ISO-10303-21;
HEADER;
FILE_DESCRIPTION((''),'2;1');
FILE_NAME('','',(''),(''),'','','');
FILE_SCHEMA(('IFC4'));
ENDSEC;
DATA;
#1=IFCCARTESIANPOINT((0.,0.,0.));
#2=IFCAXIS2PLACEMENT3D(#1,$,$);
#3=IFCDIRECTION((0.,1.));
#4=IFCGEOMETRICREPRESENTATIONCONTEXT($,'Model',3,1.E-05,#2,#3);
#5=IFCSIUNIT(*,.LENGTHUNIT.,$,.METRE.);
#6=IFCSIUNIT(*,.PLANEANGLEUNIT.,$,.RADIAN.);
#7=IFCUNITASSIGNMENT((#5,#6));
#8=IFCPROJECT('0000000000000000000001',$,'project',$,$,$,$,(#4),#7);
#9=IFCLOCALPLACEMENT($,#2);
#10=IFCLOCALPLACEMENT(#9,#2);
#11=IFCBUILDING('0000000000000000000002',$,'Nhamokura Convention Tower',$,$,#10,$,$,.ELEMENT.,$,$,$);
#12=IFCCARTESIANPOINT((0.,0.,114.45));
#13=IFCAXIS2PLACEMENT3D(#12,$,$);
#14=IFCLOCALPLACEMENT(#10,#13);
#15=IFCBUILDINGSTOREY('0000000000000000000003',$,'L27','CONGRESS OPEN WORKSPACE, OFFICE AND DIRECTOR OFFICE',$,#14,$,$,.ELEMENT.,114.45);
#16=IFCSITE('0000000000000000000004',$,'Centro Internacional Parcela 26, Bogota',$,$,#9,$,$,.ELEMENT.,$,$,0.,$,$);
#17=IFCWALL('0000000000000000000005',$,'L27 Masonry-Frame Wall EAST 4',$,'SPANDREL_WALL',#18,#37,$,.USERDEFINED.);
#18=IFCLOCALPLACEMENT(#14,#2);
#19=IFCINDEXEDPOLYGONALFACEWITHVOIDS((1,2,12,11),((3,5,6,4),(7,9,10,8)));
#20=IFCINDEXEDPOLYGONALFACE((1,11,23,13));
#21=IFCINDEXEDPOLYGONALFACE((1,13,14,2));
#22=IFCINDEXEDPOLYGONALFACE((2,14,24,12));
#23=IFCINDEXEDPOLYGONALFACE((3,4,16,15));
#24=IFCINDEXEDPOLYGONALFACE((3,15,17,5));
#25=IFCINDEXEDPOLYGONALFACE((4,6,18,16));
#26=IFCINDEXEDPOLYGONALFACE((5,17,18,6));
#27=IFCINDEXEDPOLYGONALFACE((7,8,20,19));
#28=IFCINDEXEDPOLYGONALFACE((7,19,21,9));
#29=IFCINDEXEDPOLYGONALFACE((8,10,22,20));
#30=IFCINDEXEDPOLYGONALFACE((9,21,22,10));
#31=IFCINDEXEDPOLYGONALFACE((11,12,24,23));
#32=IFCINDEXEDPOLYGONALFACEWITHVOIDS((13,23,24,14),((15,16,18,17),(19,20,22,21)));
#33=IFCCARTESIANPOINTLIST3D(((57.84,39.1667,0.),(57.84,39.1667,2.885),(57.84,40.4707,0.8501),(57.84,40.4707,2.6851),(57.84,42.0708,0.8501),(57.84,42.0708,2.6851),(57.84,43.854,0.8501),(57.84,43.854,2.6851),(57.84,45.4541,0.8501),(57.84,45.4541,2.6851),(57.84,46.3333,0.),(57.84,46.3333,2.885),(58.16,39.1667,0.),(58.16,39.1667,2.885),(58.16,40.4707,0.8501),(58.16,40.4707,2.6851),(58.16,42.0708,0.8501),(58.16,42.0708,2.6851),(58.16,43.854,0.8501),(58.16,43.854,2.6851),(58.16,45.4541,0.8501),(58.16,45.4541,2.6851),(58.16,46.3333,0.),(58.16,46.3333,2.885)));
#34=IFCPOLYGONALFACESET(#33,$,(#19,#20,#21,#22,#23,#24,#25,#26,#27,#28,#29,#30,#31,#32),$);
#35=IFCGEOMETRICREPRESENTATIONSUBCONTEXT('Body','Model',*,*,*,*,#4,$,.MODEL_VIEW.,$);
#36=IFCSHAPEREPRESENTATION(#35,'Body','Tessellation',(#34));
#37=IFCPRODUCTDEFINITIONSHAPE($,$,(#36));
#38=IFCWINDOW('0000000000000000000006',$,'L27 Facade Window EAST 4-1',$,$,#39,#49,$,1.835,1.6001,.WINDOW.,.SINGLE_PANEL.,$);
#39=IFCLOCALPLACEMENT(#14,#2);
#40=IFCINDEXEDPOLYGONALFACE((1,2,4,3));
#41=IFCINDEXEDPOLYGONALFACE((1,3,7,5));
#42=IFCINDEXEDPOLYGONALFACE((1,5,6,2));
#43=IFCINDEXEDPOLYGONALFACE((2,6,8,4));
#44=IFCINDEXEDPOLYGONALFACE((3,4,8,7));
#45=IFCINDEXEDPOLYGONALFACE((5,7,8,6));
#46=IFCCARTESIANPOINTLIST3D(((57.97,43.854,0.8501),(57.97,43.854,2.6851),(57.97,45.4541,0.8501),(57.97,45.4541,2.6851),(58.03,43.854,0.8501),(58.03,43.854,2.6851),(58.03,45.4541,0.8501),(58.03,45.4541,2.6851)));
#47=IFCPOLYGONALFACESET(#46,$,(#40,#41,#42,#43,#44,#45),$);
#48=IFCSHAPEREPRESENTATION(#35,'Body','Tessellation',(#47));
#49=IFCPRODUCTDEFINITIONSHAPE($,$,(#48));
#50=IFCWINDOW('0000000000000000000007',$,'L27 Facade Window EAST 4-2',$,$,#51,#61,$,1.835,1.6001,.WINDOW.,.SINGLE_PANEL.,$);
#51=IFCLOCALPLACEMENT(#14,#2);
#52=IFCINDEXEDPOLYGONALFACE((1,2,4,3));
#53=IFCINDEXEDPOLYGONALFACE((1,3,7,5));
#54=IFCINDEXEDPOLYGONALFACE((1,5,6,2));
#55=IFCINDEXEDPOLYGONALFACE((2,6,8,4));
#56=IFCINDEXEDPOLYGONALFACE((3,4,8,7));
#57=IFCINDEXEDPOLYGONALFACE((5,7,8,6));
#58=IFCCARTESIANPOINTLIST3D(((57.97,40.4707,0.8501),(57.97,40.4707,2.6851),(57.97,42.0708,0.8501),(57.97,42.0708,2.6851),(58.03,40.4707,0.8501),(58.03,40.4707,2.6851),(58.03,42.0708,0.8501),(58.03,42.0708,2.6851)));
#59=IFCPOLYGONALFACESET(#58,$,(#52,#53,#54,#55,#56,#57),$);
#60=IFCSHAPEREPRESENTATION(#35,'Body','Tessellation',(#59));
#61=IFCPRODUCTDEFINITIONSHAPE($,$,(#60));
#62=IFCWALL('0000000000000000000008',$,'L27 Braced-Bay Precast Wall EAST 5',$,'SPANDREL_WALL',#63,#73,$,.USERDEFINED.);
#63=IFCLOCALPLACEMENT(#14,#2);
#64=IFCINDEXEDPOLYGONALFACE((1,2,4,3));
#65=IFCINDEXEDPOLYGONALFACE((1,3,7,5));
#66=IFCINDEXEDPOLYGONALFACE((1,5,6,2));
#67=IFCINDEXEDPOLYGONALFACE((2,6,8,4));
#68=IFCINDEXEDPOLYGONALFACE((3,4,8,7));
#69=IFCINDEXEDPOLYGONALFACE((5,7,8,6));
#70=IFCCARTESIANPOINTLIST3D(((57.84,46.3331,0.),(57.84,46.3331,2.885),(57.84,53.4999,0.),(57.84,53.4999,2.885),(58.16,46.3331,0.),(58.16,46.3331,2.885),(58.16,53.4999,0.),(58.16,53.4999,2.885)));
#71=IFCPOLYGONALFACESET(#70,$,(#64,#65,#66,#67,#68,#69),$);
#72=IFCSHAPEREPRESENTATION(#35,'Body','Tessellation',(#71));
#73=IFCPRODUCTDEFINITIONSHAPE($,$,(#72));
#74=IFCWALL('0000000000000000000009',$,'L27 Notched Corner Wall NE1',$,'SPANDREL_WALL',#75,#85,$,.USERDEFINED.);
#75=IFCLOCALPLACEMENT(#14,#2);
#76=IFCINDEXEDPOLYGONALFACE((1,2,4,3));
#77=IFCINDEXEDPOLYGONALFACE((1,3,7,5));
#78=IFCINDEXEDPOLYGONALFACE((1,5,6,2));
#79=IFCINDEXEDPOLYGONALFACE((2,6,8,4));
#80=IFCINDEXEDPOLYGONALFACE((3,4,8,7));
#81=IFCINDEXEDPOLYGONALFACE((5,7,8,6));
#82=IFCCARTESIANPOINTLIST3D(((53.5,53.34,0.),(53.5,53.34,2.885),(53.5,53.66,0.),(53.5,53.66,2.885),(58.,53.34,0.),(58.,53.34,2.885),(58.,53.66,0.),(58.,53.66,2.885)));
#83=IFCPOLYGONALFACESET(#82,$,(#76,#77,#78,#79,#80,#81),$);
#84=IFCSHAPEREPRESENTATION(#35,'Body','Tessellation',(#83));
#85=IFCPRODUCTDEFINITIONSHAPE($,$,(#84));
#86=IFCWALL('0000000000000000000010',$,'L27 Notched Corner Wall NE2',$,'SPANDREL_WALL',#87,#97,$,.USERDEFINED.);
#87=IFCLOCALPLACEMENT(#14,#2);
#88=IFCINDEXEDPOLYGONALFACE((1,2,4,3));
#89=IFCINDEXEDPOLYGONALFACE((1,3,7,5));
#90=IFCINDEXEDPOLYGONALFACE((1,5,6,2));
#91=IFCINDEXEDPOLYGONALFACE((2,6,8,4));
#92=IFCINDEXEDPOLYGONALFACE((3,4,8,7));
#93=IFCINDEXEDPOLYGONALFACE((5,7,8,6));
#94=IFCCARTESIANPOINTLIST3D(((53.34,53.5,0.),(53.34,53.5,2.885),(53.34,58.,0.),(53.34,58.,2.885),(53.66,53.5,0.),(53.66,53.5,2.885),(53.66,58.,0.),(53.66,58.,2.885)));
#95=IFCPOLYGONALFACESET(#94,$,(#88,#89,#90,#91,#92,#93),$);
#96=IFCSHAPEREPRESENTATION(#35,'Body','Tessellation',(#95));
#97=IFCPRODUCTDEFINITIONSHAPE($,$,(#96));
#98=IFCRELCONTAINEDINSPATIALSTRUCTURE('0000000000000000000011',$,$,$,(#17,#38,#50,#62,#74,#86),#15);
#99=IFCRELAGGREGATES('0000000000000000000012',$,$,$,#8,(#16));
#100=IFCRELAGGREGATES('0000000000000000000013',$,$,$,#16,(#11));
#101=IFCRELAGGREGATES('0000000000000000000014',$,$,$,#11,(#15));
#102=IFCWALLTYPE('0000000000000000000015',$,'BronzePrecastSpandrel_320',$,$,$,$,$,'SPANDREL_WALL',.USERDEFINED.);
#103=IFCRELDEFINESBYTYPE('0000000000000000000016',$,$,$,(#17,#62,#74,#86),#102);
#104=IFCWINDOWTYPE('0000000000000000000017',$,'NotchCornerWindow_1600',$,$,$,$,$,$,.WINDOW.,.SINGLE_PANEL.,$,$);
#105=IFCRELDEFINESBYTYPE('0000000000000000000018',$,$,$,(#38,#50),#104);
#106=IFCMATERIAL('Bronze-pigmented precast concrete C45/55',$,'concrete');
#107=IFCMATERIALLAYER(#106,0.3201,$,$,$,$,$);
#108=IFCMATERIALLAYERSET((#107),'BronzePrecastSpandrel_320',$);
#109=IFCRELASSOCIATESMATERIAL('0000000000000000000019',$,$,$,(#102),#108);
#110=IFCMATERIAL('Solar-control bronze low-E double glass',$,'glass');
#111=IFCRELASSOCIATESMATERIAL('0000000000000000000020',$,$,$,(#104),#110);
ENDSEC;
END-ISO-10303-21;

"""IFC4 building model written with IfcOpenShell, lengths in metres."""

from ifc_helpers import new_model, si_unit, direction, frame, frame_2d, origin, place, context, subcontext, project, spatial, rectangle, extrude, material, layer, layer_set, type_object, element, fill, save


model = new_model("IFC4")

# Units and contexts
model_context = context("Model", 3, precision=1e-05, world=origin(), true_north=direction((0.0, 1.0)))
body_context = subcontext(model_context, "Body", "Model", "MODEL_VIEW")
ifc_project = project(units=[si_unit("LENGTHUNIT", "METRE"), si_unit("PLANEANGLEUNIT", "RADIAN")], contexts=[model_context])

# Site, building, storey
site_placement = place(None, origin())
site = spatial("IfcSite", under=ifc_project, at=site_placement, Name="Centro Internacional Parcela 26, Bogota", CompositionType="ELEMENT", RefElevation=0.0)
building_placement = place(site_placement, origin())
building = spatial("IfcBuilding", under=site, at=building_placement, Name="Nhamokura Convention Tower", CompositionType="ELEMENT")
storey_placement = place(building_placement, frame((0.0, 0.0, 114.45)))
storey = spatial("IfcBuildingStorey", under=building, at=storey_placement, Name="L27", Description="CONGRESS OPEN WORKSPACE, OFFICE AND DIRECTOR OFFICE", CompositionType="ELEMENT", Elevation=114.45)

# Shared definitions
ifc_material_1 = material(Name="Bronze-pigmented precast concrete C45/55", Category="concrete")
ifc_layer = layer(ifc_material_1, 0.3201)
ifc_layer_set = layer_set([ifc_layer], Name="BronzePrecastSpandrel_320")
wall_type = type_object("IfcWallType", Name="BronzePrecastSpandrel_320", ElementType="SPANDREL_WALL", PredefinedType="USERDEFINED", material=ifc_layer_set)

# Wall, openings, windows
wall_1_placement = place(storey_placement, frame((58.0, 46.3333, 0.0), z_axis=(0.0, 0.0, 1.0), x_axis=(0.0, -1.0, 0.0)))
wall_1 = element("IfcWall", 1, at=wall_1_placement, inside=storey, type_object=wall_type, Name="L27 Masonry-Frame Wall EAST 4", ObjectType="SPANDREL_WALL", PredefinedType="USERDEFINED", context=body_context, shape_type="SweptSolid", body=[
    extrude(rectangle(XDim=7.1665, YDim=0.3201, at=frame_2d((3.5833, 0.0))), origin(), (0.0, 0.0, 1.0), 2.885),
])
opening_1_placement = place(wall_1_placement, frame((0.8792, 0.0, 0.8501)))
opening_1 = element("IfcOpeningElement", 2, at=opening_1_placement, cuts=wall_1, PredefinedType="OPENING", context=body_context, shape_type="SweptSolid", body=[
    extrude(rectangle(XDim=1.6001, YDim=1.835, at=frame_2d((0.8, 0.9175))), frame((0.0, 0.1699, 0.0), z_axis=(0.0, -1.0, 0.0), x_axis=(1.0, 0.0, 0.0)), (0.0, 0.0, 1.0), 0.3401),
])
opening_2_placement = place(wall_1_placement, frame((4.2625, 0.0, 0.8501)))
opening_2 = element("IfcOpeningElement", 3, at=opening_2_placement, cuts=wall_1, PredefinedType="OPENING", context=body_context, shape_type="SweptSolid", body=[
    extrude(rectangle(XDim=1.6001, YDim=1.835, at=frame_2d((0.8, 0.9175))), frame((0.0, 0.1699, 0.0), z_axis=(0.0, -1.0, 0.0), x_axis=(1.0, 0.0, 0.0)), (0.0, 0.0, 1.0), 0.3401),
])
ifc_material_2 = material(Name="Solar-control bronze low-E double glass", Category="glass")
window_type = type_object("IfcWindowType", Name="NotchCornerWindow_1600", PartitioningType="SINGLE_PANEL", PredefinedType="WINDOW", material=ifc_material_2)
window_1_placement = place(opening_1_placement, origin())
window_1 = element("IfcWindow", 4, at=window_1_placement, inside=storey, type_object=window_type, Name="L27 Facade Window EAST 4-1", OverallHeight=1.835, OverallWidth=1.6001, PartitioningType="SINGLE_PANEL", PredefinedType="WINDOW", context=body_context, shape_type="SweptSolid", body=[
    extrude(rectangle(XDim=1.6001, YDim=1.835, at=frame_2d((0.8, 0.9175))), frame((0.0, 0.03, 0.0), z_axis=(0.0, -1.0, 0.0), x_axis=(1.0, 0.0, 0.0)), (0.0, 0.0, 1.0), 0.0601),
])
fill(opening_1, window_1)
window_2_placement = place(opening_2_placement, origin())
window_2 = element("IfcWindow", 5, at=window_2_placement, inside=storey, type_object=window_type, Name="L27 Facade Window EAST 4-2", OverallHeight=1.835, OverallWidth=1.6001, PartitioningType="SINGLE_PANEL", PredefinedType="WINDOW", context=body_context, shape_type="SweptSolid", body=[
    extrude(rectangle(XDim=1.6001, YDim=1.835, at=frame_2d((0.8, 0.9175))), frame((0.0, 0.03, 0.0), z_axis=(0.0, -1.0, 0.0), x_axis=(1.0, 0.0, 0.0)), (0.0, 0.0, 1.0), 0.0601),
])
fill(opening_2, window_2)

# Walls
wall_2_placement = place(storey_placement, frame((58.0, 53.5, 0.0), z_axis=(0.0, 0.0, 1.0), x_axis=(0.0, -1.0, 0.0)))
element("IfcWall", 6, at=wall_2_placement, inside=storey, type_object=wall_type, Name="L27 Braced-Bay Precast Wall EAST 5", ObjectType="SPANDREL_WALL", PredefinedType="USERDEFINED", context=body_context, shape_type="SweptSolid", body=[
    extrude(rectangle(XDim=7.1667, YDim=0.3201, at=frame_2d((3.5835, 0.0))), origin(), (0.0, 0.0, 1.0), 2.885),
])
for number, where, z_axis, x_axis, name in (
    (7, (53.5, 53.5, 0.0), (0.0, 0.0, 1.0), (1.0, 0.0, 0.0), "L27 Notched Corner Wall NE1"),
    (8, (53.5, 58.0, 0.0), (0.0, 0.0, 1.0), (0.0, -1.0, 0.0), "L27 Notched Corner Wall NE2"),
):
    element("IfcWall", number, at=place(storey_placement, frame(where, z_axis=z_axis, x_axis=x_axis)), inside=storey, type_object=wall_type, Name=name, ObjectType="SPANDREL_WALL", PredefinedType="USERDEFINED", context=body_context, shape_type="SweptSolid", body=[
        extrude(rectangle(XDim=4.5, YDim=0.3201, at=frame_2d((2.25, 0.0))), origin(), (0.0, 0.0, 1.0), 2.885),
    ])

save(model, "model.ifc")
